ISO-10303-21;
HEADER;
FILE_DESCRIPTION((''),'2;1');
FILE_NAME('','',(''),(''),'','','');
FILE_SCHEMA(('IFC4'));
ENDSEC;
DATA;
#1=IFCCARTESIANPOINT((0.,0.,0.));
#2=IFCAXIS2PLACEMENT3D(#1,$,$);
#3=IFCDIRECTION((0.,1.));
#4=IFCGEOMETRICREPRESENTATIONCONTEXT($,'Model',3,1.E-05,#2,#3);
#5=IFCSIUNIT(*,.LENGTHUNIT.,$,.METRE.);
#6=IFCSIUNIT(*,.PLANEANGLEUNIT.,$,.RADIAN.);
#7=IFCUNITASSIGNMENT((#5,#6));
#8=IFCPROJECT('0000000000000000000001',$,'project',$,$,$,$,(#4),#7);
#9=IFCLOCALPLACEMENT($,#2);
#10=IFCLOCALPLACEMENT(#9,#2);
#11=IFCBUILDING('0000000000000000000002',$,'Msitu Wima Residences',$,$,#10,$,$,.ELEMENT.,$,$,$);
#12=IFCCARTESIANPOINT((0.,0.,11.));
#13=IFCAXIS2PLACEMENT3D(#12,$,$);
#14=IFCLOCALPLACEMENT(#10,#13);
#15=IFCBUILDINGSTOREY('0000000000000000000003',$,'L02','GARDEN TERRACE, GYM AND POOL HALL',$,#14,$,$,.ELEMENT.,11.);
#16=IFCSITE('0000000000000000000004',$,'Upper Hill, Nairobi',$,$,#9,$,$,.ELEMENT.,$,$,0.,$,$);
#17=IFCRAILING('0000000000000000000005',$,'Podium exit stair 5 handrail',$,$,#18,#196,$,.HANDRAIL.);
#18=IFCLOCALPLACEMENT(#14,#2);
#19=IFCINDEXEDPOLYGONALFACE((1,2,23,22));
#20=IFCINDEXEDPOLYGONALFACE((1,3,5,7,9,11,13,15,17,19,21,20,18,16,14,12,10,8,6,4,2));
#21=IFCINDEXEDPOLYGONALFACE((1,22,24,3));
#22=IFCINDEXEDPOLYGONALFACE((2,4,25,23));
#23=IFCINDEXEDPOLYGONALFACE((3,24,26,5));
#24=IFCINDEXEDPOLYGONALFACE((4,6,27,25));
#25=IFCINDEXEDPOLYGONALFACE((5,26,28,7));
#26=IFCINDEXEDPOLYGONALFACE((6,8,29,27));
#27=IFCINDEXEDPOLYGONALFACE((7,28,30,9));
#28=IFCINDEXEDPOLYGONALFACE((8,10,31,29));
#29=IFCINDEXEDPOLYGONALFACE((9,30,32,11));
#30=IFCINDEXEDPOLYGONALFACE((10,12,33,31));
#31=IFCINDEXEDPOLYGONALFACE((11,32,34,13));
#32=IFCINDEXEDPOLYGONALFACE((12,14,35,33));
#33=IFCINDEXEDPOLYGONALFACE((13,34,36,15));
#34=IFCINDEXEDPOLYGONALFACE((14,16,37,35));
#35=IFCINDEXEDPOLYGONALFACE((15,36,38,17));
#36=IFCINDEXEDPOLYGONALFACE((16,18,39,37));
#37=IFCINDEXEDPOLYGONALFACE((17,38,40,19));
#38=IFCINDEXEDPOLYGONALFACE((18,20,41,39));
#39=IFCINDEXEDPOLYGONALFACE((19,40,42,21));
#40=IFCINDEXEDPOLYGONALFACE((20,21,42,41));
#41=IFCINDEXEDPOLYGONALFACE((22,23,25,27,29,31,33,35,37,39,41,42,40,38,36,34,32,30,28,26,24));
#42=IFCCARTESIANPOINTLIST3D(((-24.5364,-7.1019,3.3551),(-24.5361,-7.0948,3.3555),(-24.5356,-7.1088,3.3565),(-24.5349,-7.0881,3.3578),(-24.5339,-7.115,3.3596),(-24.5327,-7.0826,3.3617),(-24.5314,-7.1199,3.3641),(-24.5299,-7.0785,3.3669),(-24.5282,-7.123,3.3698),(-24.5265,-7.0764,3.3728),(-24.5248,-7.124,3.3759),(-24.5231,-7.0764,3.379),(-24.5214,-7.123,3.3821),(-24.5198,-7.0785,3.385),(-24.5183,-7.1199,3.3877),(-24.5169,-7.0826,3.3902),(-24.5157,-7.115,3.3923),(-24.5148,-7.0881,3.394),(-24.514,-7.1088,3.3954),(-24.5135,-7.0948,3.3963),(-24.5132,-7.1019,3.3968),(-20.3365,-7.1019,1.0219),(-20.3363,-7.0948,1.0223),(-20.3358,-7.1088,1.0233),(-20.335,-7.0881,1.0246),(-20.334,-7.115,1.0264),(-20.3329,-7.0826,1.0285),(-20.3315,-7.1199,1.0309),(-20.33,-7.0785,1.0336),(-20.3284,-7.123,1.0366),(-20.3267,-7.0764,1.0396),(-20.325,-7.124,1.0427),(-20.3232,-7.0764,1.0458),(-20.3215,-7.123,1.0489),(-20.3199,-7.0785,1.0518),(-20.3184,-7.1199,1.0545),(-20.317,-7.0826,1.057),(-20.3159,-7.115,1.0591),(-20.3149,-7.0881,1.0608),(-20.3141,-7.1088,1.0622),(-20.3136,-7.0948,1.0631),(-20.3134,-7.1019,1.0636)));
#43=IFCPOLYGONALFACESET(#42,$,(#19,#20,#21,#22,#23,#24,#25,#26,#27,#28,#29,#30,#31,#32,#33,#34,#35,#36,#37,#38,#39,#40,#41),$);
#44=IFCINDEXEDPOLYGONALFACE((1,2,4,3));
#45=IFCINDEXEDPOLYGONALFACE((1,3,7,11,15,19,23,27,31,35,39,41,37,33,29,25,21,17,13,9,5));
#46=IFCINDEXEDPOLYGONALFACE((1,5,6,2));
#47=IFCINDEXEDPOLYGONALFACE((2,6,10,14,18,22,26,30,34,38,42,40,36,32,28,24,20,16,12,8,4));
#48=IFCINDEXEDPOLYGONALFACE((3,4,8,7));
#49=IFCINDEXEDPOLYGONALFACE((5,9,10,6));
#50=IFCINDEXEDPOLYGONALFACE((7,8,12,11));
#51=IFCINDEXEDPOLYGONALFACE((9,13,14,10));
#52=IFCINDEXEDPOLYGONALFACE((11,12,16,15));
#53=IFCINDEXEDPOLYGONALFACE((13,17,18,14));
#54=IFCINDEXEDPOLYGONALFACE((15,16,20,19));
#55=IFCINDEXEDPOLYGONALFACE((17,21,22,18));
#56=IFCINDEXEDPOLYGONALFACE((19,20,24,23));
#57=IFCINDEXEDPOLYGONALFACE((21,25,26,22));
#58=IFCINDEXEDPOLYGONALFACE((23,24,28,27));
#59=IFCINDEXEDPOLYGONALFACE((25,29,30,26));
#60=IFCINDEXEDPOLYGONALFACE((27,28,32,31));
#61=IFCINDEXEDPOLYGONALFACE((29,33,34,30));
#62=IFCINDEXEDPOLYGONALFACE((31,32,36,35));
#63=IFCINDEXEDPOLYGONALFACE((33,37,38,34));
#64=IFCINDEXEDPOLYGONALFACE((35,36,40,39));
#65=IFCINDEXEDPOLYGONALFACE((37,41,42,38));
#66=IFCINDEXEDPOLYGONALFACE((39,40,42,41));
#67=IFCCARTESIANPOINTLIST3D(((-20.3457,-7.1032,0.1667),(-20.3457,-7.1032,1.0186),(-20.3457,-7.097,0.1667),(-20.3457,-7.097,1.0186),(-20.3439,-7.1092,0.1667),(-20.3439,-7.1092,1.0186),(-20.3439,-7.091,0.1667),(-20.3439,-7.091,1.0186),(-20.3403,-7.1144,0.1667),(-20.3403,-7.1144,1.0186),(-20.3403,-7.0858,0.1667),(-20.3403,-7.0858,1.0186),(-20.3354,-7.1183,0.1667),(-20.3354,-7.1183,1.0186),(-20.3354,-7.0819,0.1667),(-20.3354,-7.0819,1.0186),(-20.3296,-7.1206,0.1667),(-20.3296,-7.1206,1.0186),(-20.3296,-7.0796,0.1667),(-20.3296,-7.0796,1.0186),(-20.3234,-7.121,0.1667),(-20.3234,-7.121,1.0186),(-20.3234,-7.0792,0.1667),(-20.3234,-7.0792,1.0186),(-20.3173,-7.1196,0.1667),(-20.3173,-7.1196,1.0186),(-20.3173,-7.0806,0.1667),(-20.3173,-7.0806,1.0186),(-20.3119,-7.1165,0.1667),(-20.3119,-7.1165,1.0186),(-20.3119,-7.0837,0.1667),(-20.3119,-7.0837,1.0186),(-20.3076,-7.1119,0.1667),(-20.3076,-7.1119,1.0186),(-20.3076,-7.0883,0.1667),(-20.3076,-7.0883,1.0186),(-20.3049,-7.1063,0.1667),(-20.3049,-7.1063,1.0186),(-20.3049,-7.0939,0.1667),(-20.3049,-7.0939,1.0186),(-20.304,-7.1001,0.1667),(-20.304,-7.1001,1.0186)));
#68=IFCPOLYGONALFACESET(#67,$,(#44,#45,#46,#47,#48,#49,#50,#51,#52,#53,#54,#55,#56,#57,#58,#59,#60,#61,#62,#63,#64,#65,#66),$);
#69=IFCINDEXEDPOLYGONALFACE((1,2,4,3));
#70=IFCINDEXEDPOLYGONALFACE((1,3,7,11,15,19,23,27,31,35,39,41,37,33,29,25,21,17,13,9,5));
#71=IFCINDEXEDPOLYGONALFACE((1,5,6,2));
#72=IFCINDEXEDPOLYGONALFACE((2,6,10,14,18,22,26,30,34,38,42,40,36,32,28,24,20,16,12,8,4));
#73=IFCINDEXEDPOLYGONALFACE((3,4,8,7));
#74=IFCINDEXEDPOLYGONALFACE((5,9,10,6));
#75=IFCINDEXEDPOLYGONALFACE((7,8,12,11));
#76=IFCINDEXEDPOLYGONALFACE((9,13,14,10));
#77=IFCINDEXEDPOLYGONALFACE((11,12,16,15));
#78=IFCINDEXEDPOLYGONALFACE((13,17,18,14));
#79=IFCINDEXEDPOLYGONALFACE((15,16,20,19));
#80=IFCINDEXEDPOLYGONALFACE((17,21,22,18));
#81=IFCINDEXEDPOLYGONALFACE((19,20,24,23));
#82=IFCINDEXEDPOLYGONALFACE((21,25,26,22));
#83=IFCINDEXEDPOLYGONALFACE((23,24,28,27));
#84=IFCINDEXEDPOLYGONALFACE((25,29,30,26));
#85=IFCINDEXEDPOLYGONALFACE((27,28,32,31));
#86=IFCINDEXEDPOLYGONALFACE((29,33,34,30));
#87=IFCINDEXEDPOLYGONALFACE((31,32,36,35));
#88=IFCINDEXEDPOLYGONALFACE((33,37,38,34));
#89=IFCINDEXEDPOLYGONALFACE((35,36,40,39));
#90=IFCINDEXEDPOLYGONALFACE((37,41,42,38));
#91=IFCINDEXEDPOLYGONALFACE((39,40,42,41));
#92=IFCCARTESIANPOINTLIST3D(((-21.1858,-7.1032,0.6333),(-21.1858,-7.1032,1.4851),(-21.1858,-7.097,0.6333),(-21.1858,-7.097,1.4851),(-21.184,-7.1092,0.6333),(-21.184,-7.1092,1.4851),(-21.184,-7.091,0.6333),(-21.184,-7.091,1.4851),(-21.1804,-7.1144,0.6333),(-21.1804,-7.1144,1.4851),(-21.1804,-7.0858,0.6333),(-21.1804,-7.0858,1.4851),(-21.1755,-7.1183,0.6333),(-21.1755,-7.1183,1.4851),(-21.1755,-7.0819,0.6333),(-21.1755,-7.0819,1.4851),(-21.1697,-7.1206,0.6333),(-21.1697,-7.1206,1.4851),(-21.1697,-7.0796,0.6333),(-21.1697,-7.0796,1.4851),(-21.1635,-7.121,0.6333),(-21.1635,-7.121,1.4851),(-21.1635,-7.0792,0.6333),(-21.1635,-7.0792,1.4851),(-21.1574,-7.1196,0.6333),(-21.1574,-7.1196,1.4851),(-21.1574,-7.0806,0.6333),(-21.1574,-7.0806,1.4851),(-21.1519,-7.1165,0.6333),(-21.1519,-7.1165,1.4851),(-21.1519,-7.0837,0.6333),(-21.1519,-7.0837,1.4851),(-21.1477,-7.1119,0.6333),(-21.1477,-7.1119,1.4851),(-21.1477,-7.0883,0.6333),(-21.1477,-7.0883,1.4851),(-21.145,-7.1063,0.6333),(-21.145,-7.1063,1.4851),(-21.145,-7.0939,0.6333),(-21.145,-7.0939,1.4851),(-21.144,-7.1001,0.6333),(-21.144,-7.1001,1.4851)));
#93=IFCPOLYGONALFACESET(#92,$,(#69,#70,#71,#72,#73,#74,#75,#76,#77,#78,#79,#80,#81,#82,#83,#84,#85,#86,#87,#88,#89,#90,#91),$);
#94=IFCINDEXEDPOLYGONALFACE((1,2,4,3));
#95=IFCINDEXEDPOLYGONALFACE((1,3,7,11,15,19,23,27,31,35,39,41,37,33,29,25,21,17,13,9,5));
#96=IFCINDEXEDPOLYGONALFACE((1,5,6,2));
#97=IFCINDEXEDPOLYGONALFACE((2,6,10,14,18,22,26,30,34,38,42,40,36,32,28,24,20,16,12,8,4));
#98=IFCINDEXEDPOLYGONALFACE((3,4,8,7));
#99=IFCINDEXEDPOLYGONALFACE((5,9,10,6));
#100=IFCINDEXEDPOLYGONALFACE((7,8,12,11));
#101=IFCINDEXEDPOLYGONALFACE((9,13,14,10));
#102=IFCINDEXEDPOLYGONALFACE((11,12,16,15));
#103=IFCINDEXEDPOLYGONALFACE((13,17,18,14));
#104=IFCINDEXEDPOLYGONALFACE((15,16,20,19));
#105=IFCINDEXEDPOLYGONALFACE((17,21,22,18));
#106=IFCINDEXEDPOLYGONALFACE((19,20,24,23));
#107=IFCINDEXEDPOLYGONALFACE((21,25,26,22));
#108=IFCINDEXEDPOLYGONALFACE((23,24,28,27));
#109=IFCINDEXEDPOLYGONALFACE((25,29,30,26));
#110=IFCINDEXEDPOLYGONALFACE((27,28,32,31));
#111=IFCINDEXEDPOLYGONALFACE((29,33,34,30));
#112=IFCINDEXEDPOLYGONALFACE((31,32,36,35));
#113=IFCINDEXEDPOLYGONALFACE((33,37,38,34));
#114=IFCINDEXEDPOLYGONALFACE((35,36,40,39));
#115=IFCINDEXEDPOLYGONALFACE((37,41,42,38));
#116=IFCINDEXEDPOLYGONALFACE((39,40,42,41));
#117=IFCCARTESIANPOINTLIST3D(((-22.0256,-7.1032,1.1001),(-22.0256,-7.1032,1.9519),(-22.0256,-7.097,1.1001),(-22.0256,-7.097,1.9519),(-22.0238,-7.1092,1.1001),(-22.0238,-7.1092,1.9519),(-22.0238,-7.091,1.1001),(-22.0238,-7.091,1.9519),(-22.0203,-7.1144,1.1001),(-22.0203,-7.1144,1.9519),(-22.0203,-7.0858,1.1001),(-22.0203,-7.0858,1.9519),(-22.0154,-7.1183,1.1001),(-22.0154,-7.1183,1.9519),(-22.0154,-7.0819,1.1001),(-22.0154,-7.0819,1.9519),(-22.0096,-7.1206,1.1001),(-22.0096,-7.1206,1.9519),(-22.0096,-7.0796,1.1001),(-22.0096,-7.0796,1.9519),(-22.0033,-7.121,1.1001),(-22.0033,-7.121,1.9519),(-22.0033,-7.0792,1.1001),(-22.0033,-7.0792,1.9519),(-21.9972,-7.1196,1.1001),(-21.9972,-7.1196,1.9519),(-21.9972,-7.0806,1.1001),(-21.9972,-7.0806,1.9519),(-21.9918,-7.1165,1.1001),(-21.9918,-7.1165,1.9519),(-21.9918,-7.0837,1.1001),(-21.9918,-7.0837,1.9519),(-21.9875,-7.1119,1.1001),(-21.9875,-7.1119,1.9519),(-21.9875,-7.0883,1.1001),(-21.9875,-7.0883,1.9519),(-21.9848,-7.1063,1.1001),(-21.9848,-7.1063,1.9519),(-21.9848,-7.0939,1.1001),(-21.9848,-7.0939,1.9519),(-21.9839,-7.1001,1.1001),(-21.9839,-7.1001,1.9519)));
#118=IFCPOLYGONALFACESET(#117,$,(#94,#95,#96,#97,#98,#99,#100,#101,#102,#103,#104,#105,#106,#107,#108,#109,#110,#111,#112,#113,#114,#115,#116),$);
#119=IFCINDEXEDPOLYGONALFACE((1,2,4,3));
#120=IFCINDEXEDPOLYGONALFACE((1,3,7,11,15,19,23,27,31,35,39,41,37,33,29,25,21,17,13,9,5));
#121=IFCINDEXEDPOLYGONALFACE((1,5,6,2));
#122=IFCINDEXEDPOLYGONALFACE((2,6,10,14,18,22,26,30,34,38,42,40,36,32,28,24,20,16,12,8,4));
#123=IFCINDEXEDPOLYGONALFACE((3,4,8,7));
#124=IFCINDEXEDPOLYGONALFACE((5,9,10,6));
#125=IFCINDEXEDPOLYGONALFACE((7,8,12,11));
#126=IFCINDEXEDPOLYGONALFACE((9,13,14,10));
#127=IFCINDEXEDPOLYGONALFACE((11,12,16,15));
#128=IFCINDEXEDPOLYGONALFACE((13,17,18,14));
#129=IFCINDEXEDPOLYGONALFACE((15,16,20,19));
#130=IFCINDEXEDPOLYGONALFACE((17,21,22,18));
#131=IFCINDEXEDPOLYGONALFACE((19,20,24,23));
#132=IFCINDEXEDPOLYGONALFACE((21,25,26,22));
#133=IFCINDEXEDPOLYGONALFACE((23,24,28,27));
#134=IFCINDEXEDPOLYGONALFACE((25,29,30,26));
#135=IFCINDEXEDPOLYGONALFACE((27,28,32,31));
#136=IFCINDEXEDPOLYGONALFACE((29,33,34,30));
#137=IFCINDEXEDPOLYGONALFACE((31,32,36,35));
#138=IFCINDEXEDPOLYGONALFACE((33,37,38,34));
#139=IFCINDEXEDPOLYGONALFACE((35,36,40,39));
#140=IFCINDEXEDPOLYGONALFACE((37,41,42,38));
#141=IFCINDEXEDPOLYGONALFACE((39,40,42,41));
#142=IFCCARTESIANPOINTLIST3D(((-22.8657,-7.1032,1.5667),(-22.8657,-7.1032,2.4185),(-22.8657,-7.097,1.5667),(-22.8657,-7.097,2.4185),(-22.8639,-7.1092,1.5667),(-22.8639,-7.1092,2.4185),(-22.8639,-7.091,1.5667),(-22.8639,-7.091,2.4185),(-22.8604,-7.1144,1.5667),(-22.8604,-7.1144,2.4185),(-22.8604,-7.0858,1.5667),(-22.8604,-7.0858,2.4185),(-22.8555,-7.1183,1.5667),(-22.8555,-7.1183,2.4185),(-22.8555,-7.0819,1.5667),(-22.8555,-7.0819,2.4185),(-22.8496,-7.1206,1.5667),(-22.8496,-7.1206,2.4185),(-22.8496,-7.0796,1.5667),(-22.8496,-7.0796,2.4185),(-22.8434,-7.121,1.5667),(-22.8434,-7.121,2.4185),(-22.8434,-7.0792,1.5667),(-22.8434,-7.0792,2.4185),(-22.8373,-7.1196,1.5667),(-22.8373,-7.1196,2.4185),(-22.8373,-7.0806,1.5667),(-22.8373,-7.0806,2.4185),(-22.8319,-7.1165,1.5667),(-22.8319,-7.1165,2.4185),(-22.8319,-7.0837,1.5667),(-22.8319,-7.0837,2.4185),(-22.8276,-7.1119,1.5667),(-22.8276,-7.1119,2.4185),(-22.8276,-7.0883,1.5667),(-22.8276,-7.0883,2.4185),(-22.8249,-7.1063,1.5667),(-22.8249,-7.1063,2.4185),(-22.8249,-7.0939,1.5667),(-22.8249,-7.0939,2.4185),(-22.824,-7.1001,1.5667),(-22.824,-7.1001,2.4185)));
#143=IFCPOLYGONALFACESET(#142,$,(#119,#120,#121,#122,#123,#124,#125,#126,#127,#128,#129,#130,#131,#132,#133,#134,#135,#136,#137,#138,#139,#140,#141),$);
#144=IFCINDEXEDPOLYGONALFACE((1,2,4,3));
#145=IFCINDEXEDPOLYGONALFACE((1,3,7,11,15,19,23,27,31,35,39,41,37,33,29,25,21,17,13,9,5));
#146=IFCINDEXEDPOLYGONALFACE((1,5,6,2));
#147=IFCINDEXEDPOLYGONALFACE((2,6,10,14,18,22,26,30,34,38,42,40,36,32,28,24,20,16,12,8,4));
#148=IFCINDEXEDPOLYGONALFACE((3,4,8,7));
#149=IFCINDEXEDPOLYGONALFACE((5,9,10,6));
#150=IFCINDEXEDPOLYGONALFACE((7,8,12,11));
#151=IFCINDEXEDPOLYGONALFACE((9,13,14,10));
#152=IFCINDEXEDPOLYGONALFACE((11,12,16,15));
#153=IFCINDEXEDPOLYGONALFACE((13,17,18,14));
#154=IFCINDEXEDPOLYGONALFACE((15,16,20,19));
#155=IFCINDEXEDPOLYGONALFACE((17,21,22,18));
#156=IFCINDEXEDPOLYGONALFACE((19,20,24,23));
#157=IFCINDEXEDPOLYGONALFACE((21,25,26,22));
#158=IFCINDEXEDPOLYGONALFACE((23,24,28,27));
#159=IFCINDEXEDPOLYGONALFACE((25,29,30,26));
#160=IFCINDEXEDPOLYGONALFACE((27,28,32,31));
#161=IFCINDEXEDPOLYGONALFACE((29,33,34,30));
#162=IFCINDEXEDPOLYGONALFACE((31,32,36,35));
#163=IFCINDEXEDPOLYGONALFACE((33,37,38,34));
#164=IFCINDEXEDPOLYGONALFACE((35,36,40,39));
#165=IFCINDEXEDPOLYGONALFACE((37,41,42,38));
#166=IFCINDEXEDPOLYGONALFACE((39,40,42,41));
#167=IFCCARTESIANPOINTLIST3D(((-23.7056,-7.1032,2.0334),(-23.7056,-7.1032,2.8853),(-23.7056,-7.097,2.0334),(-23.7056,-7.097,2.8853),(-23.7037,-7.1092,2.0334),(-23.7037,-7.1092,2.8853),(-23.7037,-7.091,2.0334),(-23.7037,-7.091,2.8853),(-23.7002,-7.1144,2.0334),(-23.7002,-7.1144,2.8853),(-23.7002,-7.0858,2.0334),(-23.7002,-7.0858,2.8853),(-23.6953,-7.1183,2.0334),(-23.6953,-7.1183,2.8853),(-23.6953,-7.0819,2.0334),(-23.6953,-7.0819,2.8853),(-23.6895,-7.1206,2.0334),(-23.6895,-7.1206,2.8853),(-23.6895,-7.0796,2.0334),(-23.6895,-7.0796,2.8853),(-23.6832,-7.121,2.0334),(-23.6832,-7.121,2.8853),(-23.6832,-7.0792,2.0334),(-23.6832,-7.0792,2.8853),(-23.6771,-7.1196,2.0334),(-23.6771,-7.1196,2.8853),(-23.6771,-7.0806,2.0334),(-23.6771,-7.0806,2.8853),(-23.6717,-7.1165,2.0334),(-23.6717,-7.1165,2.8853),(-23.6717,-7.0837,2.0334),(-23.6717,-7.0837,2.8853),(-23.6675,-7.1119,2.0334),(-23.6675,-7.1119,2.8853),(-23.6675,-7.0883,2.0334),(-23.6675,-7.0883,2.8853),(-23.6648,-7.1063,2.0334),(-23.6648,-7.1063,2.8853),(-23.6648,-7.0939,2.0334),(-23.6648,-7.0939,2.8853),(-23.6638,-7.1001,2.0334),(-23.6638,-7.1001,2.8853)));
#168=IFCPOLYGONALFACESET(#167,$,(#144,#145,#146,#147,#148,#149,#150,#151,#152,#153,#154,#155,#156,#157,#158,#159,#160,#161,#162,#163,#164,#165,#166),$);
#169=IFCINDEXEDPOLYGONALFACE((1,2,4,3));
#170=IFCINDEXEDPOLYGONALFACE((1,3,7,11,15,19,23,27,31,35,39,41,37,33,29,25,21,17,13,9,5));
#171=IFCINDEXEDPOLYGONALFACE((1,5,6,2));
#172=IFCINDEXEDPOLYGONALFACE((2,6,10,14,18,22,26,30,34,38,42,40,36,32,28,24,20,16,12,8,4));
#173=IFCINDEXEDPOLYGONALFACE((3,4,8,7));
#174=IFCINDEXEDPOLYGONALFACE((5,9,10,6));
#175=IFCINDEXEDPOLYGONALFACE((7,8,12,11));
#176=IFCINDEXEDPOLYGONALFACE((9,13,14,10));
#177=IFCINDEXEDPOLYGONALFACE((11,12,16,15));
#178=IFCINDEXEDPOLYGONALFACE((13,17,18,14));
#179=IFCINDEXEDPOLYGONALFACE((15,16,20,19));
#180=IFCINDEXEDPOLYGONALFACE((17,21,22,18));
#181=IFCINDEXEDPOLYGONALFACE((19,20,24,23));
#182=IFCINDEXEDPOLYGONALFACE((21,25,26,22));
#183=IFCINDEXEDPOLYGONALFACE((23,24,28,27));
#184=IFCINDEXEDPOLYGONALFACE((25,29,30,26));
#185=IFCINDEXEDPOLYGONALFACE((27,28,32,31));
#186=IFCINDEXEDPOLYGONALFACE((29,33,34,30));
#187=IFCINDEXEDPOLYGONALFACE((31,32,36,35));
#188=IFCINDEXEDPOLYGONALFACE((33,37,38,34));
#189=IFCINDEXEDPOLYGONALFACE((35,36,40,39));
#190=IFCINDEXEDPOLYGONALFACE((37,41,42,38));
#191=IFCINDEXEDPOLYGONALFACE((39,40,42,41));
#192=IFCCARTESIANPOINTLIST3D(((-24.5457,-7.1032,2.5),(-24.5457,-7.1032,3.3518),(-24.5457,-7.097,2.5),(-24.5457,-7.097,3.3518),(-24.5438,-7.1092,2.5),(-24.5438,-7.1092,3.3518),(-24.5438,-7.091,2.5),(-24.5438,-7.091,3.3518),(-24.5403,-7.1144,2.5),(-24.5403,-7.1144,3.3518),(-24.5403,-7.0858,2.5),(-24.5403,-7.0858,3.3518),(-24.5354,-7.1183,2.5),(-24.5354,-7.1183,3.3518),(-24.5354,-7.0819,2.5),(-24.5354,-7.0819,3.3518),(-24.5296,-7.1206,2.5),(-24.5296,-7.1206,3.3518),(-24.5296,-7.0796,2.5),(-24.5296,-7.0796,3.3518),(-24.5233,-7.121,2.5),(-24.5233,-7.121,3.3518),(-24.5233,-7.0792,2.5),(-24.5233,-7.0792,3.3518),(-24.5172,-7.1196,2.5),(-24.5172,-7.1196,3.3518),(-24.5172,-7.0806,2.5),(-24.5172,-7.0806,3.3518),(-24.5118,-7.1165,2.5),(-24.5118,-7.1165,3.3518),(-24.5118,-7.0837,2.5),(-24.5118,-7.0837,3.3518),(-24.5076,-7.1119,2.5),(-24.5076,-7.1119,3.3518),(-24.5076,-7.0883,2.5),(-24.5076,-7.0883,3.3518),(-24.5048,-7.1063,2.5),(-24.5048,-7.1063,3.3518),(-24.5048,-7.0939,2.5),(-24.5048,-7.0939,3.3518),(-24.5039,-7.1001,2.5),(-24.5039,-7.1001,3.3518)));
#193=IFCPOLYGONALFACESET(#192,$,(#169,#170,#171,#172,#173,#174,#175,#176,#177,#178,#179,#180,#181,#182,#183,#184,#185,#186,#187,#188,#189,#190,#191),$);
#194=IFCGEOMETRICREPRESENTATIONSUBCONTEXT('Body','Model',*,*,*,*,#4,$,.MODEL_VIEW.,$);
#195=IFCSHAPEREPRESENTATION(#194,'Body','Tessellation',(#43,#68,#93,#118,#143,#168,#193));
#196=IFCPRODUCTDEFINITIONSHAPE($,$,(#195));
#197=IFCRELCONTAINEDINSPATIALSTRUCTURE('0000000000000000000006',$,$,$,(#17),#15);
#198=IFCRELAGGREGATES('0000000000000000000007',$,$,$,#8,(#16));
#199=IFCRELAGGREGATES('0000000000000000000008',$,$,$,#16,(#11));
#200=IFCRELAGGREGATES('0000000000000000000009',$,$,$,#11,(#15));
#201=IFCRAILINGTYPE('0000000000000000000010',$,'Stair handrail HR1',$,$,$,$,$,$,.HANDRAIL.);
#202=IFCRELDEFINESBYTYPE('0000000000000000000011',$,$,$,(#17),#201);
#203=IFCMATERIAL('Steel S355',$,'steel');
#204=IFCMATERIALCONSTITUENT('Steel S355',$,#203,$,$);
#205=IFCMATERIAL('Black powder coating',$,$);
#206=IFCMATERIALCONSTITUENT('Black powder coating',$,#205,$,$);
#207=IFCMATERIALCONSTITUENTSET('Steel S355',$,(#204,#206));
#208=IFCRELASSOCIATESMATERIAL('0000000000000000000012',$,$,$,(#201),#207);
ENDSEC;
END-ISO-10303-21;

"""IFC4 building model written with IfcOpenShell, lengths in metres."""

from ifc_helpers import new_model, si_unit, direction, frame, origin, origin_2d, place, context, subcontext, project, spatial, circle, extrude, material, constituent, constituent_set, type_object, element, save


model = new_model("IFC4")

# Units and contexts
model_context = context("Model", 3, precision=1e-05, world=origin(), true_north=direction((0.0, 1.0)))
body_context = subcontext(model_context, "Body", "Model", "MODEL_VIEW")
ifc_project = project(units=[si_unit("LENGTHUNIT", "METRE"), si_unit("PLANEANGLEUNIT", "RADIAN")], contexts=[model_context])

# Site, building, storey
site_placement = place(None, origin())
site = spatial("IfcSite", under=ifc_project, at=site_placement, Name="Upper Hill, Nairobi", CompositionType="ELEMENT", RefElevation=0.0)
building_placement = place(site_placement, origin())
building = spatial("IfcBuilding", under=site, at=building_placement, Name="Msitu Wima Residences", CompositionType="ELEMENT")
storey_placement = place(building_placement, frame((0.0, 0.0, 11.0)))
storey = spatial("IfcBuildingStorey", under=building, at=storey_placement, Name="L02", Description="GARDEN TERRACE, GYM AND POOL HALL", CompositionType="ELEMENT", Elevation=11.0)

# Railing
ifc_material_1 = material(Name="Steel S355", Category="steel")
ifc_constituent_1 = constituent(ifc_material_1, Name="Steel S355")
ifc_material_2 = material(Name="Black powder coating")
ifc_constituent_2 = constituent(ifc_material_2, Name="Black powder coating")
ifc_constituent_set = constituent_set(constituents=[ifc_constituent_1, ifc_constituent_2], Name="Steel S355")
railing_type = type_object("IfcRailingType", Name="Stair handrail HR1", PredefinedType="HANDRAIL", material=ifc_constituent_set)
for number, where, name in (
    (1, (-20.325, -7.1001, 0.1667), "Podium exit stair 5 handrail"),
):
    element("IfcRailing", number, at=place(storey_placement, frame(where)), inside=storey, type_object=railing_type, Name=name, PredefinedType="HANDRAIL", context=body_context, shape_type="SweptSolid", body=[
        extrude(circle(Radius=0.0239, at=origin_2d()), frame((0.0, 0.0, 0.876), z_axis=(-0.874162, 0.0, 0.485634), x_axis=(0.0, -1.0, 0.0)), (0.0, 0.0, 1.0), 4.8044),
        extrude(circle(Radius=0.021, at=origin_2d()), origin(), (0.0, 0.0, 1.0), 0.8518),
        extrude(circle(Radius=0.021, at=origin_2d()), frame((-0.8401, 0.0, 0.4666)), (0.0, 0.0, 1.0), 0.8518),
        extrude(circle(Radius=0.021, at=origin_2d()), frame((-1.6799, 0.0, 0.9333)), (0.0, 0.0, 1.0), 0.8518),
        extrude(circle(Radius=0.021, at=origin_2d()), frame((-2.52, 0.0, 1.3999)), (0.0, 0.0, 1.0), 0.8518),
        extrude(circle(Radius=0.021, at=origin_2d()), frame((-3.3599, 0.0, 1.8667)), (0.0, 0.0, 1.0), 0.8518),
        extrude(circle(Radius=0.021, at=origin_2d()), frame((-4.2, 0.0, 2.3333)), (0.0, 0.0, 1.0), 0.8518),
    ])

save(model, "model.ifc")
